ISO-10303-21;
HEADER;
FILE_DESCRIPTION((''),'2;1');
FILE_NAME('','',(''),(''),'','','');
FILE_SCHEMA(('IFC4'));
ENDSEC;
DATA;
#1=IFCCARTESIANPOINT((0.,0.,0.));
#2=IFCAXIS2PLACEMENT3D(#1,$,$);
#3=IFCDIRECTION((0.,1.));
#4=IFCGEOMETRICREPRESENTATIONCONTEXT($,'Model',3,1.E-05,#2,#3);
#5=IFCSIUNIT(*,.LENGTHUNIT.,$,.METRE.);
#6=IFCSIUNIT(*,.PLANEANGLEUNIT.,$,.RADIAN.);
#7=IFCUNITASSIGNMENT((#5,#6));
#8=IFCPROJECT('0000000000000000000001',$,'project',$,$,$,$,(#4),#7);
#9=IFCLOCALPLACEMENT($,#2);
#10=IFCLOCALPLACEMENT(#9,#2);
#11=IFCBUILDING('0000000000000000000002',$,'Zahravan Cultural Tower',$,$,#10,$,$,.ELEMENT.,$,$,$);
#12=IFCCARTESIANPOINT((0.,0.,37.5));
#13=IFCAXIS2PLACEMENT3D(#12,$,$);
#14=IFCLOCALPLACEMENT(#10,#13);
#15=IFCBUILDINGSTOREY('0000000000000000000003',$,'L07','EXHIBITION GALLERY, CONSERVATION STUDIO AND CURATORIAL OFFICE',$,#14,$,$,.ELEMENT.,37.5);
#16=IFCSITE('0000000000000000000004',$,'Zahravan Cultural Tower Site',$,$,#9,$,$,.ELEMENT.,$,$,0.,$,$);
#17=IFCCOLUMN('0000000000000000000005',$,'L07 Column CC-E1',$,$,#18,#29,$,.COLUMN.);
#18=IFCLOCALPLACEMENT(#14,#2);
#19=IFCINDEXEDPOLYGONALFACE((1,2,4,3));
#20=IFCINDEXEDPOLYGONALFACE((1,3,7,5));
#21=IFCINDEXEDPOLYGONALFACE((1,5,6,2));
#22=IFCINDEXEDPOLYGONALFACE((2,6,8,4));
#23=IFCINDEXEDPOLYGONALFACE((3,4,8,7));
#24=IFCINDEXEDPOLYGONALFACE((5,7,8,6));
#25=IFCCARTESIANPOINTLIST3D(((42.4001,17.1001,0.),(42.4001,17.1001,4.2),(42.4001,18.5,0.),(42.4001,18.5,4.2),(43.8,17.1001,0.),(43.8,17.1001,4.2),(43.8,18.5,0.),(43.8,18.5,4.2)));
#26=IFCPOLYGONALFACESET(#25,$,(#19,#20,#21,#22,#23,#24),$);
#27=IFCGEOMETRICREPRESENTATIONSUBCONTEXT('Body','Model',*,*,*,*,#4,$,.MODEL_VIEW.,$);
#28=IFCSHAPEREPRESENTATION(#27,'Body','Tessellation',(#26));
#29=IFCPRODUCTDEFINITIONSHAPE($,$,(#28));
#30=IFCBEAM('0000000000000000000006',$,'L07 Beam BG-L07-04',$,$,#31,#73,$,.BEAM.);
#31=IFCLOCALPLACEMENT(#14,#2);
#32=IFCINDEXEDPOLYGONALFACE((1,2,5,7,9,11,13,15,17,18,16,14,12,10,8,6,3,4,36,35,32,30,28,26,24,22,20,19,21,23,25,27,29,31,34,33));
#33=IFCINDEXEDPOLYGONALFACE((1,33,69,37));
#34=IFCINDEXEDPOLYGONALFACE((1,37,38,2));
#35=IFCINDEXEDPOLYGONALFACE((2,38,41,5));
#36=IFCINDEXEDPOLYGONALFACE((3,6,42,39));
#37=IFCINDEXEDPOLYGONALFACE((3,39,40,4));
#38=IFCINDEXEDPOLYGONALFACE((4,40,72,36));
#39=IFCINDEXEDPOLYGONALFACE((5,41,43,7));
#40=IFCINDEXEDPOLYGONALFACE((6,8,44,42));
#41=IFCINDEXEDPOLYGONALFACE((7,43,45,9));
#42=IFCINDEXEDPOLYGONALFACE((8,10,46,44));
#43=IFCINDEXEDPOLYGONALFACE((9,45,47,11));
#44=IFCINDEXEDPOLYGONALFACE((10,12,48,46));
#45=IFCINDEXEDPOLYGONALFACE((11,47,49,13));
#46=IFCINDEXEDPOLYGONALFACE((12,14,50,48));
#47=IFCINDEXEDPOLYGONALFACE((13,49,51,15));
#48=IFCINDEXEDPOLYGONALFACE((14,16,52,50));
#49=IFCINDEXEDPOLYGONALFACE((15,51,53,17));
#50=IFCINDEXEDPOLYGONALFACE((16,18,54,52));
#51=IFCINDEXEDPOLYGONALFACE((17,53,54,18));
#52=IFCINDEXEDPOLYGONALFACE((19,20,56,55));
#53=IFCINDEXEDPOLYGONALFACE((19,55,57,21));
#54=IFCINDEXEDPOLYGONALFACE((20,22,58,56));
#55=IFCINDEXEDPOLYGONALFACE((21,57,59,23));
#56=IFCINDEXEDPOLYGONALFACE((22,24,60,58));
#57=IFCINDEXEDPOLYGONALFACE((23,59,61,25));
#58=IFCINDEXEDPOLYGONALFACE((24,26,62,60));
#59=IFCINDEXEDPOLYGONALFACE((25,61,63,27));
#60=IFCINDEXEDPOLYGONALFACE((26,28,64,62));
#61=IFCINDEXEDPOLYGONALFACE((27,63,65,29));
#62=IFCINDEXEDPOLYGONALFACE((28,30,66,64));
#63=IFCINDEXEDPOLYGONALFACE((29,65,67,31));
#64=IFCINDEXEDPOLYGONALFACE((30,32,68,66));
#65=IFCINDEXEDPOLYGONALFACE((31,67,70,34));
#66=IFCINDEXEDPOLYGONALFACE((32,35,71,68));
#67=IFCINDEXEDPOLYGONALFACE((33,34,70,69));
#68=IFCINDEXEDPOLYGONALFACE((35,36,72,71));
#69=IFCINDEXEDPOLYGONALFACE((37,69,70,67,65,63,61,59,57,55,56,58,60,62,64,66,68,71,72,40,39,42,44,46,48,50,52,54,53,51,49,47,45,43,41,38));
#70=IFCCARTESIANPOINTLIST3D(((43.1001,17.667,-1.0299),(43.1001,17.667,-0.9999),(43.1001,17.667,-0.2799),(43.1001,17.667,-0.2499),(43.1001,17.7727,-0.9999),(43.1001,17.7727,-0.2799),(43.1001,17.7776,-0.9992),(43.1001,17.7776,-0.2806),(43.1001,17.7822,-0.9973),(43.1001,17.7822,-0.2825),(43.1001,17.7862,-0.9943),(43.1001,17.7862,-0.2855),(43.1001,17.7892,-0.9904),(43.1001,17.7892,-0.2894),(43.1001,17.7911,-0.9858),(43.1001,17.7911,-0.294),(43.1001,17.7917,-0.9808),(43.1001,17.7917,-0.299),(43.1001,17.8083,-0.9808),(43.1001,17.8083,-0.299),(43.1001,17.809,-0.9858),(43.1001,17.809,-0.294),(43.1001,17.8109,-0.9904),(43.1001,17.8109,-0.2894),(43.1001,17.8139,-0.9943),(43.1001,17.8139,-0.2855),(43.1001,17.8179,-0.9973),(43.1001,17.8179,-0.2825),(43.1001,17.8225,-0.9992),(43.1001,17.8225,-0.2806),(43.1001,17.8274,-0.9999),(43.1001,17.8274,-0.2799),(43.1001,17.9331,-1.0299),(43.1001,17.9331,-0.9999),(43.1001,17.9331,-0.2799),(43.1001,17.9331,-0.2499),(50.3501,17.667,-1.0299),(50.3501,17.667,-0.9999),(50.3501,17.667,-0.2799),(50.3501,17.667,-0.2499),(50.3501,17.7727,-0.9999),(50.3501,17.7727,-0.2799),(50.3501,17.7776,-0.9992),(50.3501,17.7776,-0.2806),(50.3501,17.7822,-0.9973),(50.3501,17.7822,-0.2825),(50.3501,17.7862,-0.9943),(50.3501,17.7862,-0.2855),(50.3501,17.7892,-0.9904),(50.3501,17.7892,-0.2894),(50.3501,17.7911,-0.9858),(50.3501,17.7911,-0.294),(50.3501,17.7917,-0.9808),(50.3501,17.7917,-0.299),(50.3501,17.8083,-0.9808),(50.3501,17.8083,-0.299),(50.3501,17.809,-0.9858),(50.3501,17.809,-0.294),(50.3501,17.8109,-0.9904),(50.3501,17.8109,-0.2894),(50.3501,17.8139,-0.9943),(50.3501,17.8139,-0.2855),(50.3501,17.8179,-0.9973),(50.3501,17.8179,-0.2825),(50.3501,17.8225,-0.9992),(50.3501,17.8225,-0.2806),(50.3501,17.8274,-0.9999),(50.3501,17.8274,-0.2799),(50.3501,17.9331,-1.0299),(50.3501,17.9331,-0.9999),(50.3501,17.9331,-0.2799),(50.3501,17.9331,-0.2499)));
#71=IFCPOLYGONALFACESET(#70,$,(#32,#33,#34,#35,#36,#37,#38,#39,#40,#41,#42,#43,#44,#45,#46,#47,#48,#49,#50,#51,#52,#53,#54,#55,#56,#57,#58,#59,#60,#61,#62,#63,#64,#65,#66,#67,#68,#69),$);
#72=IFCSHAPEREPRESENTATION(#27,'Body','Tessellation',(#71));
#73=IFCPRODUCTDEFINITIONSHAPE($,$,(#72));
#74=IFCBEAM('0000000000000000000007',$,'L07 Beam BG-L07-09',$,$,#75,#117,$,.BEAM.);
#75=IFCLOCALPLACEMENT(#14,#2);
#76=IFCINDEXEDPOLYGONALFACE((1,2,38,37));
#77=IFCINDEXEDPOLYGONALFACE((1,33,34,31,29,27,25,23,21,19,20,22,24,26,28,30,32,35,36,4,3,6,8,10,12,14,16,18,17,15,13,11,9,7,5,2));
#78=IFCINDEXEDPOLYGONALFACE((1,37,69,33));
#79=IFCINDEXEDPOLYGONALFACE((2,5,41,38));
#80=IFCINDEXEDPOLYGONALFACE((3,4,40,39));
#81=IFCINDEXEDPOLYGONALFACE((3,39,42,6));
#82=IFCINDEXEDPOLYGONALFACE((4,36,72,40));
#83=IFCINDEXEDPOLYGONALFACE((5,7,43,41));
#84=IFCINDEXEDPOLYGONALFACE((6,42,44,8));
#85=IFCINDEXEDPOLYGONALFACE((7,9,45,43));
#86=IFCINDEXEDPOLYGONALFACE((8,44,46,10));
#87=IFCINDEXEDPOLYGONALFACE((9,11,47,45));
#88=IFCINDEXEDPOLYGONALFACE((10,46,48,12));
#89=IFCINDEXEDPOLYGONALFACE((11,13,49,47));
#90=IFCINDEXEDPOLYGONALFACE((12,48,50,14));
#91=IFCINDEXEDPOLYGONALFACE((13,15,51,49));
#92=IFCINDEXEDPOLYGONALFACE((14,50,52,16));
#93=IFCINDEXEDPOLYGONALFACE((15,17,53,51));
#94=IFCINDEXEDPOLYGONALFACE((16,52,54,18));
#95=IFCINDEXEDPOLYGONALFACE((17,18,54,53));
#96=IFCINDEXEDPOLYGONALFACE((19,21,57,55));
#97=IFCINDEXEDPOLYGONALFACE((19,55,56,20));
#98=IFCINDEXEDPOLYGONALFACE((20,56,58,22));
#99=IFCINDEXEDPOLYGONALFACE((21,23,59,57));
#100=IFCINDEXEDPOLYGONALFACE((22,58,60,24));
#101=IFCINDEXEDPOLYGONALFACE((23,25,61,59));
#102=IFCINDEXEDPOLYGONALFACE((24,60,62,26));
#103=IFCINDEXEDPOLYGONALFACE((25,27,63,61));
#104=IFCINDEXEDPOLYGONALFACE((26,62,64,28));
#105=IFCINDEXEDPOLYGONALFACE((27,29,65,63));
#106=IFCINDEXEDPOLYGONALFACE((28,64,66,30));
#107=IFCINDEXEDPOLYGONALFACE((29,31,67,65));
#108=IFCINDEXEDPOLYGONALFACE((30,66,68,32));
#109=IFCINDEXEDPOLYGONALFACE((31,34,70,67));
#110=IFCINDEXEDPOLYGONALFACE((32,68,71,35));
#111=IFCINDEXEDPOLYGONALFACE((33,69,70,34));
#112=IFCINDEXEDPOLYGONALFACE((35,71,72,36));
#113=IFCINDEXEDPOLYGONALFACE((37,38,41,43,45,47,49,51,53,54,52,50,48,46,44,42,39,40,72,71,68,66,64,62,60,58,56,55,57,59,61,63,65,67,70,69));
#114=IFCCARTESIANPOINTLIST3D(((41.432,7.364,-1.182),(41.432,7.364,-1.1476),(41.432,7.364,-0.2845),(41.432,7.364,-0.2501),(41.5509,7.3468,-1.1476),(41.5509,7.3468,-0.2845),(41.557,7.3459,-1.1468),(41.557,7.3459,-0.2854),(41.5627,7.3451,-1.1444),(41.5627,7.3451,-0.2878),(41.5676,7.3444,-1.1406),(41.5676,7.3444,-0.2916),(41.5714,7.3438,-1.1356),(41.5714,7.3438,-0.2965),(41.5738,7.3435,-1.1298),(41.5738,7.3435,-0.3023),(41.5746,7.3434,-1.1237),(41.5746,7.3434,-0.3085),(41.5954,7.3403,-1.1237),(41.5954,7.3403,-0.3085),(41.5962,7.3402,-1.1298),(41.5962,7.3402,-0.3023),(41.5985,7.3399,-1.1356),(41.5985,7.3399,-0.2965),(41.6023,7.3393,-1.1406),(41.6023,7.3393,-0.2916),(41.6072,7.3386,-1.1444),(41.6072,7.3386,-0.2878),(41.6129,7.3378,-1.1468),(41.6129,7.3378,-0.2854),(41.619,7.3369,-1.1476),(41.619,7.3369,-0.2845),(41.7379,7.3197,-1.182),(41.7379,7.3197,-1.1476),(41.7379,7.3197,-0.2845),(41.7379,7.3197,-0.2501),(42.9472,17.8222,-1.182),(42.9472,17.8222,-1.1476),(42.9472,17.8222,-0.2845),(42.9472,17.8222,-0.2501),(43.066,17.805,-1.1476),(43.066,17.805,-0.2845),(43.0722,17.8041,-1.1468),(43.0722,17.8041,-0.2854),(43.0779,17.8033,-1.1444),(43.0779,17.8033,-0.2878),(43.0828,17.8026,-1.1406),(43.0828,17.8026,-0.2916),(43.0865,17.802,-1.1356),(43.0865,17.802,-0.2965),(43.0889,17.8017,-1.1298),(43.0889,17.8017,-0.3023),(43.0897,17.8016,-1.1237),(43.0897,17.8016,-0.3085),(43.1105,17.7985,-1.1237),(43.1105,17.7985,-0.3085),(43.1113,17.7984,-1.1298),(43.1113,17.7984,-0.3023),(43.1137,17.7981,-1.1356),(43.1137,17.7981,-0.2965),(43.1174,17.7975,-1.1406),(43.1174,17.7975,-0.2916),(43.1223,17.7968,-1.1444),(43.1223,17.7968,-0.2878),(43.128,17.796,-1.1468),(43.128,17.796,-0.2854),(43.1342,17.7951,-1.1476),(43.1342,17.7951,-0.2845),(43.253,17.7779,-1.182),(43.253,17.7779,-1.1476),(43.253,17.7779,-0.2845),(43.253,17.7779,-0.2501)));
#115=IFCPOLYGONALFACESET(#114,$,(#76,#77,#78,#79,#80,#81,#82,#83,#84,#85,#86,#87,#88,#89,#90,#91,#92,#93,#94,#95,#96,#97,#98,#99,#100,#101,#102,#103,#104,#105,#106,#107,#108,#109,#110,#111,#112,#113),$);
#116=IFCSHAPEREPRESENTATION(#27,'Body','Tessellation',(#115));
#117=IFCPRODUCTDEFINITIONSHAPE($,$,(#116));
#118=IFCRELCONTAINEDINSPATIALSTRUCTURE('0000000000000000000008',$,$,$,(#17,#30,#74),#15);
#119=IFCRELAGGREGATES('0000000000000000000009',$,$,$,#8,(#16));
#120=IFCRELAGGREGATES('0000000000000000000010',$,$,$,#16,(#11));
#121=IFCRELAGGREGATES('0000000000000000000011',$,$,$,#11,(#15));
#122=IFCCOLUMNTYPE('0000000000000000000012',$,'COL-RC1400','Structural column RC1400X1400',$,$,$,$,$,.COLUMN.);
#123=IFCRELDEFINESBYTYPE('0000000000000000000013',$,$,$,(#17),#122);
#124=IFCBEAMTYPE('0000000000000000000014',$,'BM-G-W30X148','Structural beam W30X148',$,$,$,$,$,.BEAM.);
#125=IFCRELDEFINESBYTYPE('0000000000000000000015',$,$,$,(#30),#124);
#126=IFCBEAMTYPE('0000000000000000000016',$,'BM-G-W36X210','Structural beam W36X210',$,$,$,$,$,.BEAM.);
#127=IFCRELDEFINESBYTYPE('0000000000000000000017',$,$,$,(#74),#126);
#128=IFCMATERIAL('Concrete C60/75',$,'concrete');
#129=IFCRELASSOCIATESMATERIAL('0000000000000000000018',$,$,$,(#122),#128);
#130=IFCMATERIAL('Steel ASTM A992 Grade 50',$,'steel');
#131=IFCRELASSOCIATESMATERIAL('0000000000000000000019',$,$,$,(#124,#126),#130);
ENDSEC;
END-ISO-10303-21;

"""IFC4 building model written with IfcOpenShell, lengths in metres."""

from ifc_helpers import new_model, si_unit, direction, frame, origin, origin_2d, place, context, subcontext, project, spatial, rectangle, i_section, extrude, source, transform, mapped, material, material_profile, profile_set, type_object, element, save


model = new_model("IFC4")

# Units and contexts
model_context = context("Model", 3, precision=1e-05, world=origin(), true_north=direction((0.0, 1.0)))
body_context = subcontext(model_context, "Body", "Model", "MODEL_VIEW")
ifc_project = project(units=[si_unit("LENGTHUNIT", "METRE"), si_unit("PLANEANGLEUNIT", "RADIAN")], contexts=[model_context])

# Site, building, storey
site_placement = place(None, origin())
site = spatial("IfcSite", under=ifc_project, at=site_placement, Name="Zahravan Cultural Tower Site", CompositionType="ELEMENT", RefElevation=0.0)
building_placement = place(site_placement, origin())
building = spatial("IfcBuilding", under=site, at=building_placement, Name="Zahravan Cultural Tower", CompositionType="ELEMENT")
storey_placement = place(building_placement, frame((0.0, 0.0, 37.5)))
storey = spatial("IfcBuildingStorey", under=building, at=storey_placement, Name="L07", Description="EXHIBITION GALLERY, CONSERVATION STUDIO AND CURATORIAL OFFICE", CompositionType="ELEMENT", Elevation=37.5)

# Column
ifc_material_1 = material(Name="Concrete C60/75", Category="concrete")
ifc_material_profile_1 = material_profile(ifc_material_1, rectangle(XDim=1.3999, YDim=1.3999, at=origin_2d()), Name="RC1400X1400")
ifc_profile_set_1 = profile_set([ifc_material_profile_1], Name="Concrete C60/75")
column_type = type_object("IfcColumnType", Name="COL-RC1400", Description="Structural column RC1400X1400", PredefinedType="COLUMN", material=ifc_profile_set_1)
shared_shape_1 = source(origin(), body_context, "Body", "SweptSolid", [
    extrude(rectangle(XDim=1.3999, YDim=1.3999, at=origin_2d()), origin(), (0.0, 0.0, 1.0), 4.2),
])
column_placement = place(storey_placement, frame((43.1001, 17.8, 0.0), z_axis=(0.0, 0.0, 1.0), x_axis=(1.0, 0.0, 0.0)))
element("IfcColumn", 1, at=column_placement, inside=storey, type_object=column_type, Name="L07 Column CC-E1", PredefinedType="COLUMN", context=body_context, shape_type="MappedRepresentation", body=[
    mapped(shared_shape_1, transform((0.0, 0.0, 0.0), x_axis=(1.0, 0.0, 0.0), y_axis=(0.0, 1.0, 0.0), z_axis=(0.0, 0.0, 1.0), scale=1.0)),
])

# Beams
ifc_material_2 = material(Name="Steel ASTM A992 Grade 50", Category="steel")
ifc_material_profile_2 = material_profile(ifc_material_2, i_section(OverallWidth=0.2661, OverallDepth=0.78, WebThickness=0.0166, FlangeThickness=0.03, FilletRadius=0.019, at=origin_2d()), Name="W30X148")
ifc_profile_set_2 = profile_set([ifc_material_profile_2], Name="Steel ASTM A992 Grade 50")
beam_type_1 = type_object("IfcBeamType", Name="BM-G-W30X148", Description="Structural beam W30X148", PredefinedType="BEAM", material=ifc_profile_set_2)
shared_shape_2 = source(origin(), body_context, "Body", "SweptSolid", [
    extrude(i_section(OverallWidth=0.2661, OverallDepth=0.78, WebThickness=0.0166, FlangeThickness=0.03, FilletRadius=0.019, at=origin_2d()), origin(), (0.0, 0.0, 1.0), 7.25),
])
beam_1_placement = place(storey_placement, frame((43.1001, 17.8, -0.6399), z_axis=(1.0, 0.0, 0.0), x_axis=(0.0, 1.0, 0.0)))
element("IfcBeam", 2, at=beam_1_placement, inside=storey, type_object=beam_type_1, Name="L07 Beam BG-L07-04", PredefinedType="BEAM", context=body_context, shape_type="MappedRepresentation", body=[
    mapped(shared_shape_2, transform((0.0, 0.0, 0.0), x_axis=(1.0, 0.0, 0.0), y_axis=(0.0, 1.0, 0.0), z_axis=(0.0, 0.0, 1.0), scale=1.0)),
])
ifc_material_profile_3 = material_profile(ifc_material_2, i_section(OverallWidth=0.3091, OverallDepth=0.9319, WebThickness=0.021, FlangeThickness=0.0344, FilletRadius=0.0239, at=origin_2d()), Name="W36X210")
ifc_profile_set_3 = profile_set([ifc_material_profile_3], Name="Steel ASTM A992 Grade 50")
beam_type_2 = type_object("IfcBeamType", Name="BM-G-W36X210", Description="Structural beam W36X210", PredefinedType="BEAM", material=ifc_profile_set_3)
shared_shape_3 = source(origin(), body_context, "Body", "SweptSolid", [
    extrude(i_section(OverallWidth=0.3091, OverallDepth=0.9319, WebThickness=0.021, FlangeThickness=0.0344, FilletRadius=0.0239, at=origin_2d()), origin(), (0.0, 0.0, 1.0), 10.5674),
])
beam_2_placement = place(storey_placement, frame((43.1001, 17.8, -0.7161), z_axis=(-0.143378, -0.989668, 0.0), x_axis=(0.989668, -0.143378, 0.0)))
element("IfcBeam", 3, at=beam_2_placement, inside=storey, type_object=beam_type_2, Name="L07 Beam BG-L07-09", PredefinedType="BEAM", context=body_context, shape_type="MappedRepresentation", body=[
    mapped(shared_shape_3, transform((0.0, 0.0, 0.0), x_axis=(1.0, 0.0, 0.0), y_axis=(0.0, 1.0, 0.0), z_axis=(0.0, 0.0, 1.0), scale=1.0)),
])

save(model, "model.ifc")
